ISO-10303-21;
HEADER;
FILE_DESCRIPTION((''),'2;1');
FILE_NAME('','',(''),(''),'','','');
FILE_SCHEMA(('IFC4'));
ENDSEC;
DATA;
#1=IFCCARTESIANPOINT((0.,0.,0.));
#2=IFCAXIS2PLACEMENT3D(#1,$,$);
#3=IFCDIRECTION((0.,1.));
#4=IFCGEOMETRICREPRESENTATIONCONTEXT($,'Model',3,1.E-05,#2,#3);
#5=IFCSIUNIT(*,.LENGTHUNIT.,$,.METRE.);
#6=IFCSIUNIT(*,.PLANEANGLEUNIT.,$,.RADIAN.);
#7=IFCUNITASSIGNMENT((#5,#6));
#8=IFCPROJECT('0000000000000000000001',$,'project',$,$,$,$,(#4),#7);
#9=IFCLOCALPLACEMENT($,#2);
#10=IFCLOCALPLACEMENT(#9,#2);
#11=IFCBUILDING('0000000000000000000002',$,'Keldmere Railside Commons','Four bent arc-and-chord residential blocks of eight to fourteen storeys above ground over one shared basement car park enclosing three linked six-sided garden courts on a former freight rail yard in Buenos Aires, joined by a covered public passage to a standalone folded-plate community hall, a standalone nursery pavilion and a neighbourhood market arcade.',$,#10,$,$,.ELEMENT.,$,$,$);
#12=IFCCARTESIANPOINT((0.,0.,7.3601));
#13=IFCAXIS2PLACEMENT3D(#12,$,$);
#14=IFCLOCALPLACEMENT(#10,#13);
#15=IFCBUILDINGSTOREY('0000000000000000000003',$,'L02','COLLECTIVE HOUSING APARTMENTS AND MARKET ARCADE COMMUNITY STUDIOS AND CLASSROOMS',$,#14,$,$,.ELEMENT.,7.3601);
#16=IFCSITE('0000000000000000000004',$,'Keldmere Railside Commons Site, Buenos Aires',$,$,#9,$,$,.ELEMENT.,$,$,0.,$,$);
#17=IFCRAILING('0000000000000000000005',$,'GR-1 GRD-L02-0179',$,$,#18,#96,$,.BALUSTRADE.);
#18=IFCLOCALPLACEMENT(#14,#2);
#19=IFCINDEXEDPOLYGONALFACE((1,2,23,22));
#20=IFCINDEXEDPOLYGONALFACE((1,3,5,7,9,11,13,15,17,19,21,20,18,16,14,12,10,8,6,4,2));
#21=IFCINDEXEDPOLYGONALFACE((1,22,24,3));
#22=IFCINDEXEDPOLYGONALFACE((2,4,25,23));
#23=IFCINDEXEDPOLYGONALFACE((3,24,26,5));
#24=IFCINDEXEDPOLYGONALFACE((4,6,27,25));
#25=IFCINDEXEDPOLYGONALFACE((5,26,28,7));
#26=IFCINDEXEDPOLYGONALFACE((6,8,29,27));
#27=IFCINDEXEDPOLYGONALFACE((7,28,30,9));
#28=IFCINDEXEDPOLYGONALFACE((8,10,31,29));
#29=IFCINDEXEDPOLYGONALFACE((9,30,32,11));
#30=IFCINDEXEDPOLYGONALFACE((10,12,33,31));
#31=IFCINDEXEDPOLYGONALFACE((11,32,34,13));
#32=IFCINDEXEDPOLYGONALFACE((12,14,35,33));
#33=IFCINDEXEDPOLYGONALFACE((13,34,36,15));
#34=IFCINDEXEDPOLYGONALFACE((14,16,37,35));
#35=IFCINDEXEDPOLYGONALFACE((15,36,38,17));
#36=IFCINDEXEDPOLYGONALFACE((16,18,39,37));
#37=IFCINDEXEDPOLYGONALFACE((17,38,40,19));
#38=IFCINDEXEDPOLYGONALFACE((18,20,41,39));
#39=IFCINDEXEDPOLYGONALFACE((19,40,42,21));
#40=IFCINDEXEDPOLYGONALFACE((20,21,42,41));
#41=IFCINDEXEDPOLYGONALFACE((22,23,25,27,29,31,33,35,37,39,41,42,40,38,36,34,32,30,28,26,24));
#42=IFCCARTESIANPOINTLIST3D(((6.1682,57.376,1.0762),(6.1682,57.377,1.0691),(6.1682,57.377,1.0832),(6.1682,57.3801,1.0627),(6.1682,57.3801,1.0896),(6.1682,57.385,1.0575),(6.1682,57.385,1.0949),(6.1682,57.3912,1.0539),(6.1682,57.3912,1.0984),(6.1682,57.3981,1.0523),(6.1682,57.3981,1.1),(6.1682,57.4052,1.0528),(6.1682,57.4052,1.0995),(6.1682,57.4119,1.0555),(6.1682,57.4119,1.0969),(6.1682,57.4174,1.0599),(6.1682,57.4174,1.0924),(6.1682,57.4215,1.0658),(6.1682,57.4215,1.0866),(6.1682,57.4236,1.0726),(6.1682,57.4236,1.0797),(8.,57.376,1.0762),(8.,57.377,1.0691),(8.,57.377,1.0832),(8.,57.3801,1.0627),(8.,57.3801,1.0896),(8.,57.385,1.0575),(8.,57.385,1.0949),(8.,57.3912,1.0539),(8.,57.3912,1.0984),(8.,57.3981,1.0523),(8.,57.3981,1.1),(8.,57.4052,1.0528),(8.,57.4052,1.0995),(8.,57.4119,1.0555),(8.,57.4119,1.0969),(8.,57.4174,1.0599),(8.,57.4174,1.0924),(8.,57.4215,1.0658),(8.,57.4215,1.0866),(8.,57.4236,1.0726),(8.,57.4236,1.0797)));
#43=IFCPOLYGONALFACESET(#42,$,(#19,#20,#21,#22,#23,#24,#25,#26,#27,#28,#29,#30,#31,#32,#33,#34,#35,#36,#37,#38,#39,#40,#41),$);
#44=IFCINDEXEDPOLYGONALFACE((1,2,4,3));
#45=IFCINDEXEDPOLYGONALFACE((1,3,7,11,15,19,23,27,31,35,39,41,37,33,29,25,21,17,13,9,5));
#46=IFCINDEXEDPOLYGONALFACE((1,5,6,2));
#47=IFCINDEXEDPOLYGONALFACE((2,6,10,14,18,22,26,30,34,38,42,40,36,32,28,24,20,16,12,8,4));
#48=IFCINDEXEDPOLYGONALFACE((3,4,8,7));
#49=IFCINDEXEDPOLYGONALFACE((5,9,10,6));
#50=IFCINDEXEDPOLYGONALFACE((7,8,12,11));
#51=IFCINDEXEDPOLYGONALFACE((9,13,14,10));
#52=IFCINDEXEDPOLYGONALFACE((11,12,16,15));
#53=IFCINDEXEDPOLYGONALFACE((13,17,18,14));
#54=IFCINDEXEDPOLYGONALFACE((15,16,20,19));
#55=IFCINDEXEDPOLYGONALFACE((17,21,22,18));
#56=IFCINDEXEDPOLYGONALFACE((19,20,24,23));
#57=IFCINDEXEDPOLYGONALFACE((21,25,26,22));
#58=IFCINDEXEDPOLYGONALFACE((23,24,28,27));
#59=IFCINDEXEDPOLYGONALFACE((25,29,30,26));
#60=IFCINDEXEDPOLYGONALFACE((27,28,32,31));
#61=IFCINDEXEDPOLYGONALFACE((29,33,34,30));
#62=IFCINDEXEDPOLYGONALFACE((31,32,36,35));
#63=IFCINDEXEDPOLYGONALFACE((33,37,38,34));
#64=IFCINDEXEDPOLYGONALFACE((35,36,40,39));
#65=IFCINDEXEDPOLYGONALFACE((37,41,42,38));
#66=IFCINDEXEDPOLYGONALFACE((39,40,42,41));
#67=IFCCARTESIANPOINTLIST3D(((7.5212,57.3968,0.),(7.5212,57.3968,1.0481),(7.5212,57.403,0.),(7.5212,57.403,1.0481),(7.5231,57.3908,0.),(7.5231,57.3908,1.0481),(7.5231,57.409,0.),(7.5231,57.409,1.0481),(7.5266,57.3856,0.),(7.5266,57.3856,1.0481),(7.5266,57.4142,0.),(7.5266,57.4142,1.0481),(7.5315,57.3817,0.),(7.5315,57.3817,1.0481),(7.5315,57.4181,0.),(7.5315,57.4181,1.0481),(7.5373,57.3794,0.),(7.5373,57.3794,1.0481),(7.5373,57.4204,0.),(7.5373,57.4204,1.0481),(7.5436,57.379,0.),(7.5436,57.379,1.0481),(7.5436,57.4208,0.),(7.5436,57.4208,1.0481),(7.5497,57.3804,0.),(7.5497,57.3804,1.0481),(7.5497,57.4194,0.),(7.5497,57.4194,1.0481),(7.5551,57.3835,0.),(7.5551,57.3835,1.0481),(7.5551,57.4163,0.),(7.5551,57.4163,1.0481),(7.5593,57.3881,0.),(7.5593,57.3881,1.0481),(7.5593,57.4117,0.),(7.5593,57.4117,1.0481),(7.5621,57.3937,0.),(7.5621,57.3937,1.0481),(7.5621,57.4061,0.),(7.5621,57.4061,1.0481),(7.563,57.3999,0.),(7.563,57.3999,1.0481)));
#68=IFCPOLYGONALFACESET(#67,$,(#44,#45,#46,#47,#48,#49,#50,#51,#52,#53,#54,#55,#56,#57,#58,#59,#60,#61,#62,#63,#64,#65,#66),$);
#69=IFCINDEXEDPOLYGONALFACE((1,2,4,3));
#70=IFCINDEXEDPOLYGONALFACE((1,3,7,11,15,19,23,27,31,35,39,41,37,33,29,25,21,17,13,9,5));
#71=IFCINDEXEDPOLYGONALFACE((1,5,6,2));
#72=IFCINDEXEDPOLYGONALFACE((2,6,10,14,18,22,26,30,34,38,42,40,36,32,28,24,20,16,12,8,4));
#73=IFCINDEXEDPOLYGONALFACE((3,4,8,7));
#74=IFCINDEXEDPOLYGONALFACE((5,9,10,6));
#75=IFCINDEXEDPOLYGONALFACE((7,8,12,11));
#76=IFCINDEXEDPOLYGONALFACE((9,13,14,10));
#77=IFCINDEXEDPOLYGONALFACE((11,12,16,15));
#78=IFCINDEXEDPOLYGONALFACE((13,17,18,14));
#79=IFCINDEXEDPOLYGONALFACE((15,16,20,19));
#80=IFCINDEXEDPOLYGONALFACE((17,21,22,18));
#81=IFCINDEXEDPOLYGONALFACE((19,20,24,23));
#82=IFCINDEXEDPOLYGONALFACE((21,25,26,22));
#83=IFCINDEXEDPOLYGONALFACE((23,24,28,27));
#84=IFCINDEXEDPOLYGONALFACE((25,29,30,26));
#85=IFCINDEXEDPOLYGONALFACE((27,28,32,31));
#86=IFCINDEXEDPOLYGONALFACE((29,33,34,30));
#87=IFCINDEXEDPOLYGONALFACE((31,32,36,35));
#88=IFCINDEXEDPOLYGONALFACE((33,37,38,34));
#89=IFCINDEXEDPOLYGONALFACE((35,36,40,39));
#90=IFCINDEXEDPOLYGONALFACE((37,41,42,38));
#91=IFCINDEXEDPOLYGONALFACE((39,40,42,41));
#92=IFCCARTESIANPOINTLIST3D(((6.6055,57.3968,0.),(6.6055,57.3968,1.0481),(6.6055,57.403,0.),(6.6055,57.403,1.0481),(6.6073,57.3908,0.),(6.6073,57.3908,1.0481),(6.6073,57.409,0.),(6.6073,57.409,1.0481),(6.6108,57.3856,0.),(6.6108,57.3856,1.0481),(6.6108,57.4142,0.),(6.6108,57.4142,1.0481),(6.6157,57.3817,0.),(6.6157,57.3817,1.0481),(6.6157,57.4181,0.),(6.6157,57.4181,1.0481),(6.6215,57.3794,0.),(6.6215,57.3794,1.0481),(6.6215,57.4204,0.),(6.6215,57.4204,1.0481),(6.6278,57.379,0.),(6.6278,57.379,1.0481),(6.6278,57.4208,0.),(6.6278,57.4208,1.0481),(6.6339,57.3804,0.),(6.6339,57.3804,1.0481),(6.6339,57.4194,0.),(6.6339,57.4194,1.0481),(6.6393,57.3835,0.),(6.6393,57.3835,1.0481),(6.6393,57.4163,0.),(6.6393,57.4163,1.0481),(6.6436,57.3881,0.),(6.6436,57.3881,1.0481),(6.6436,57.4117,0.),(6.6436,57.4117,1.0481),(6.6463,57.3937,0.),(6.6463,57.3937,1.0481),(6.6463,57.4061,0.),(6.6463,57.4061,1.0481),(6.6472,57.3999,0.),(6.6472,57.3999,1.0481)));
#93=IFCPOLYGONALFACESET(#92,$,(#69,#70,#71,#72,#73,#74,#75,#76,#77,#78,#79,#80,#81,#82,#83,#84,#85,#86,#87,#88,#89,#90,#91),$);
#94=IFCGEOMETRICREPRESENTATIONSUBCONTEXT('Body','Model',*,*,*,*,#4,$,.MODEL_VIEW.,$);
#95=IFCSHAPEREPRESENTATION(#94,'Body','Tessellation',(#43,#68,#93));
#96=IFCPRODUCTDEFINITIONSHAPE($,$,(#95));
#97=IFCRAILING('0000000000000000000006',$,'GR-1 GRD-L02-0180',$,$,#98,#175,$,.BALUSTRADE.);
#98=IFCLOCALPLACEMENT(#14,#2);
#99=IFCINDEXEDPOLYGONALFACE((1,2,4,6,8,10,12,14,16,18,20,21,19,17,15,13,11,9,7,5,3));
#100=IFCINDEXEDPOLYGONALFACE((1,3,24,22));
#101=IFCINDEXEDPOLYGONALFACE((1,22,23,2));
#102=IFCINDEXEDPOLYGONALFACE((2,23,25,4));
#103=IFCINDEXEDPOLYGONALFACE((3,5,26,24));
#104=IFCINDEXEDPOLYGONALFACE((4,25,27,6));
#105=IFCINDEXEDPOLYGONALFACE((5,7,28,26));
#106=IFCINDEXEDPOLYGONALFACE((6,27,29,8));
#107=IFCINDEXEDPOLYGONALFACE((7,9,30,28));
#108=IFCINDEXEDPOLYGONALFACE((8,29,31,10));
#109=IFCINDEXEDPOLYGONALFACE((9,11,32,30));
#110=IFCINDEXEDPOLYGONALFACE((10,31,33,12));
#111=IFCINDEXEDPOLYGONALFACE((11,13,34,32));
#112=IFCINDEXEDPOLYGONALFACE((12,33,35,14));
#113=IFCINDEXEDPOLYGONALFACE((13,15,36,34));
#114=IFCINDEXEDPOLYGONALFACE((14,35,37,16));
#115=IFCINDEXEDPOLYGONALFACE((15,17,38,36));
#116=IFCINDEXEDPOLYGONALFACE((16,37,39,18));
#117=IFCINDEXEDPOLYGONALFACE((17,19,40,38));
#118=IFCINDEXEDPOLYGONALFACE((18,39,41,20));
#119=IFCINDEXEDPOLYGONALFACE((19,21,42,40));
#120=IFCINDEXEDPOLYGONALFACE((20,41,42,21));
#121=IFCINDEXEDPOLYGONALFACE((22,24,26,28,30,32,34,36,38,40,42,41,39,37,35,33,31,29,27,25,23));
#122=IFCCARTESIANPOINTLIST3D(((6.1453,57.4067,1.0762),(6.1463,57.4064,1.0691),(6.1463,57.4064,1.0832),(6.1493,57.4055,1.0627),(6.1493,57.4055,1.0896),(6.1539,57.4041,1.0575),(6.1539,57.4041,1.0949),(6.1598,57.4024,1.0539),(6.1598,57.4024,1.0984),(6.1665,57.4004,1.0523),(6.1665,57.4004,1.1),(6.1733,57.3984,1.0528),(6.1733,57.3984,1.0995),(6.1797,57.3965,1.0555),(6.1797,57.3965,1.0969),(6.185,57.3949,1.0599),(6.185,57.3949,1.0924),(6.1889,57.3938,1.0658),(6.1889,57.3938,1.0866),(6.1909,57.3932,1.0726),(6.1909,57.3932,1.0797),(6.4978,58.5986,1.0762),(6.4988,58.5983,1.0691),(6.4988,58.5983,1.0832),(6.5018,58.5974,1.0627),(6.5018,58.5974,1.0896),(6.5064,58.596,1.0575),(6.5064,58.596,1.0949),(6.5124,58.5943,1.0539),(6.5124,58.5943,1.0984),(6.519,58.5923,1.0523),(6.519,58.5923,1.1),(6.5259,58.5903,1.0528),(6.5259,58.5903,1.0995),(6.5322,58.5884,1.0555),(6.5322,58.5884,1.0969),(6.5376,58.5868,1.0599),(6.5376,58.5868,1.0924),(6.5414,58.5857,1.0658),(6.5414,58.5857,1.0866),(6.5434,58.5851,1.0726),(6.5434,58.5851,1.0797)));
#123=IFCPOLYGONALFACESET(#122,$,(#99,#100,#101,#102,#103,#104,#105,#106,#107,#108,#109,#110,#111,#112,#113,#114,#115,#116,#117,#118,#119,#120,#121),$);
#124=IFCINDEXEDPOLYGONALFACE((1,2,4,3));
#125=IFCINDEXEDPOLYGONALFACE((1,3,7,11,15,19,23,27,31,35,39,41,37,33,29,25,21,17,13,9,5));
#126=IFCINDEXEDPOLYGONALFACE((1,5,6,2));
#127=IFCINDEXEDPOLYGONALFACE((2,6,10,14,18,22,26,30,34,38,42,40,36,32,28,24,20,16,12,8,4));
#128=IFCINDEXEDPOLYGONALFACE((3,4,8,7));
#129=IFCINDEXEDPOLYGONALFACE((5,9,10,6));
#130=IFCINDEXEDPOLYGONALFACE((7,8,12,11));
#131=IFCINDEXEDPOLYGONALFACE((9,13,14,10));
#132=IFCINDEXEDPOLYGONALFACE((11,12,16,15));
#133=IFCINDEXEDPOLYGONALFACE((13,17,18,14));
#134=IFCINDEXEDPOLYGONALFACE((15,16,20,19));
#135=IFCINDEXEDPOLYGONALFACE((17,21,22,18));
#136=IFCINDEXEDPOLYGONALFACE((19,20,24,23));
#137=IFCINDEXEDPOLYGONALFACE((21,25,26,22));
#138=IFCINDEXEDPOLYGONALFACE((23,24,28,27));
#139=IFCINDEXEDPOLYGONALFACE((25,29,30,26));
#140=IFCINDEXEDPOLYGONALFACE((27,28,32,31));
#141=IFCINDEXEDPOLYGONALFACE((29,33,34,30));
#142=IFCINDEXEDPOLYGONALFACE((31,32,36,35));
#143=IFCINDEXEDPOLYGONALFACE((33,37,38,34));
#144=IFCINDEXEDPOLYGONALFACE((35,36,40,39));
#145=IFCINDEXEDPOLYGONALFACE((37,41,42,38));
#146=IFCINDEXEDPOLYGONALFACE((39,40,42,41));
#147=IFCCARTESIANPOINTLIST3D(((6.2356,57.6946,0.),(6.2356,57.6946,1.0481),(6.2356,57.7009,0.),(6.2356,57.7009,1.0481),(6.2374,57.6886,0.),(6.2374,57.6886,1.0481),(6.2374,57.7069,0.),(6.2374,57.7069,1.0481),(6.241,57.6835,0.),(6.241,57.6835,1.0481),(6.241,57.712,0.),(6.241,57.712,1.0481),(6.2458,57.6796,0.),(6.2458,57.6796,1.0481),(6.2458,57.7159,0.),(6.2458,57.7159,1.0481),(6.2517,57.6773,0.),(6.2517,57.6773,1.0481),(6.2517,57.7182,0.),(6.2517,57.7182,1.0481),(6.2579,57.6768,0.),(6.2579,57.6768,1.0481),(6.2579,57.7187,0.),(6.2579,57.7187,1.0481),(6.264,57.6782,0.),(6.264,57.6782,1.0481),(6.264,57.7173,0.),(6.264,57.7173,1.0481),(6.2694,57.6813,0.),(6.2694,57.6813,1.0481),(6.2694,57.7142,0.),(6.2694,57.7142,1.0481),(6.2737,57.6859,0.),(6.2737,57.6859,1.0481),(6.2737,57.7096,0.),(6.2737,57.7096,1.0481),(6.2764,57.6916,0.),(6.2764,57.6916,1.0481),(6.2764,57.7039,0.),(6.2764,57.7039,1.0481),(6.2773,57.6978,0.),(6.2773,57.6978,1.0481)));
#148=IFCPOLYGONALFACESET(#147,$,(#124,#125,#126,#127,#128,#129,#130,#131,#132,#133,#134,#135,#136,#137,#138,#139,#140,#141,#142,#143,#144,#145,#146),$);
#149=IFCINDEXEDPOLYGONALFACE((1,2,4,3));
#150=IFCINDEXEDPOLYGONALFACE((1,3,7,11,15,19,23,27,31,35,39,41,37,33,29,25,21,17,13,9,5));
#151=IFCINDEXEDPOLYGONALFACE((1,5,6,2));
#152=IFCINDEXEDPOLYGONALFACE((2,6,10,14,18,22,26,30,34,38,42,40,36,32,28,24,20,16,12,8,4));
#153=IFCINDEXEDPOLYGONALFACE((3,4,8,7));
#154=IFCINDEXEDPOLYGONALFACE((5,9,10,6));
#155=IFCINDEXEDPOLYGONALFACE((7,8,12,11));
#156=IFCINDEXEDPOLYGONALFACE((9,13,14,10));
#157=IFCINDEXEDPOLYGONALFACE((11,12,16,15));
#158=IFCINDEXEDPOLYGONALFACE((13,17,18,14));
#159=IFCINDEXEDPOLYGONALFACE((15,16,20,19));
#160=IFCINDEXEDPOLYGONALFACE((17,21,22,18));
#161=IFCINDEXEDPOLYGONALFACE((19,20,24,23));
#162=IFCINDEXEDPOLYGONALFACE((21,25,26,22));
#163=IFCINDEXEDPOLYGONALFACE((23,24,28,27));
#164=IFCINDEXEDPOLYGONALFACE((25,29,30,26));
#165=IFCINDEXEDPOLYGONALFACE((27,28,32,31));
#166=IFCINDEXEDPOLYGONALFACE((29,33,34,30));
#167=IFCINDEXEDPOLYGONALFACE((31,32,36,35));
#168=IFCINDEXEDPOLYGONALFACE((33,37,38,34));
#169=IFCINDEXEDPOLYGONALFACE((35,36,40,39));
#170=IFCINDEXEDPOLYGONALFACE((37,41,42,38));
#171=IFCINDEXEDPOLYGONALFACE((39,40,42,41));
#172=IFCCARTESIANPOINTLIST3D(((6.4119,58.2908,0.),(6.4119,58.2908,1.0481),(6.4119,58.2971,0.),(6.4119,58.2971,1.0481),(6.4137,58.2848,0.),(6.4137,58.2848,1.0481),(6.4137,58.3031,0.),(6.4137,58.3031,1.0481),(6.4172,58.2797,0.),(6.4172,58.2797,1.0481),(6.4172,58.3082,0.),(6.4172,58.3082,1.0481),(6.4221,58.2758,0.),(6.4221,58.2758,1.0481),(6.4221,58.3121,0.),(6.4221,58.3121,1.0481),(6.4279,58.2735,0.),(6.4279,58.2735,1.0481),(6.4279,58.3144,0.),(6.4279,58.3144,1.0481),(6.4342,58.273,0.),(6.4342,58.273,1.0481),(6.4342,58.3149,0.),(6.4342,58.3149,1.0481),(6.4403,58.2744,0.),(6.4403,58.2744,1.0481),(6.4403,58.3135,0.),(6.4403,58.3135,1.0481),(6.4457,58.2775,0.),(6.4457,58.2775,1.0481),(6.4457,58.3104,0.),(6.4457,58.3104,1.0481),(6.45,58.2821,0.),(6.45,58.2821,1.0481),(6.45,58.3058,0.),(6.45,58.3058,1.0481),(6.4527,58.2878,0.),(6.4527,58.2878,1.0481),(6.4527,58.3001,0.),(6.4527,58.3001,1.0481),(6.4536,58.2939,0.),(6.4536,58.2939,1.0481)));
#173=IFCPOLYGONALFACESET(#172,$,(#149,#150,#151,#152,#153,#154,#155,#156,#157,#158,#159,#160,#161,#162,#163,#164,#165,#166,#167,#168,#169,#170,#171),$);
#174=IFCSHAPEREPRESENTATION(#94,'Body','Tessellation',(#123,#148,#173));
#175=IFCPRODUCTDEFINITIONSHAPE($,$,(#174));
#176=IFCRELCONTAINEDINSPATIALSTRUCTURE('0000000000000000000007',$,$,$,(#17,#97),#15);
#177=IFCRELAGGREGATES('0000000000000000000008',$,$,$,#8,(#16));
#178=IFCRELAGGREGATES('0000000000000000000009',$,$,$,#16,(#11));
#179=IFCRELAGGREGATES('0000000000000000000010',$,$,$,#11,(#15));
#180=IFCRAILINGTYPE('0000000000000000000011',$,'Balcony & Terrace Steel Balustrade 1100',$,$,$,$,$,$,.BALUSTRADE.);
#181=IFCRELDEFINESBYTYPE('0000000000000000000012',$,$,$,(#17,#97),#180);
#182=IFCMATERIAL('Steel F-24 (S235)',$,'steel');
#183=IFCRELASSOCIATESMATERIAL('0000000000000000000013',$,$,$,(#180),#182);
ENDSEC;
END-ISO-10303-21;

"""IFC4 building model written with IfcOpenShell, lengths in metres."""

from ifc_helpers import new_model, si_unit, direction, frame, origin, origin_2d, place, context, subcontext, project, spatial, circle, extrude, material, type_object, element, save


model = new_model("IFC4")

# Units and contexts
model_context = context("Model", 3, precision=1e-05, world=origin(), true_north=direction((0.0, 1.0)))
body_context = subcontext(model_context, "Body", "Model", "MODEL_VIEW")
ifc_project = project(units=[si_unit("LENGTHUNIT", "METRE"), si_unit("PLANEANGLEUNIT", "RADIAN")], contexts=[model_context])

# Site, building, storey
site_placement = place(None, origin())
site = spatial("IfcSite", under=ifc_project, at=site_placement, Name="Keldmere Railside Commons Site, Buenos Aires", CompositionType="ELEMENT", RefElevation=0.0)
building_placement = place(site_placement, origin())
building = spatial("IfcBuilding", under=site, at=building_placement, Name="Keldmere Railside Commons", Description="Four bent arc-and-chord residential blocks of eight to fourteen storeys above ground over one shared basement car park enclosing three linked six-sided garden courts on a former freight rail yard in Buenos Aires, joined by a covered public passage to a standalone folded-plate community hall, a standalone nursery pavilion and a neighbourhood market arcade.", CompositionType="ELEMENT")
storey_placement = place(building_placement, frame((0.0, 0.0, 7.3601)))
storey = spatial("IfcBuildingStorey", under=building, at=storey_placement, Name="L02", Description="COLLECTIVE HOUSING APARTMENTS AND MARKET ARCADE COMMUNITY STUDIOS AND CLASSROOMS", CompositionType="ELEMENT", Elevation=7.3601)

# Railings
ifc_material_1 = material(Name="Steel F-24 (S235)", Category="steel")
railing_type = type_object("IfcRailingType", Name="Balcony & Terrace Steel Balustrade 1100", PredefinedType="BALUSTRADE", material=ifc_material_1)
railing_1_placement = place(storey_placement, frame((8.0, 57.3999, 0.0)))
element("IfcRailing", 1, at=railing_1_placement, inside=storey, type_object=railing_type, Name="GR-1 GRD-L02-0179", PredefinedType="BALUSTRADE", context=body_context, shape_type="SweptSolid", body=[
    extrude(circle(Radius=0.0239, at=origin_2d()), frame((0.0, 0.0, 1.0762), z_axis=(-1.0, 0.0, 0.0), x_axis=(0.0, -1.0, 0.0)), (0.0, 0.0, 1.0), 1.8318),
    extrude(circle(Radius=0.021, at=origin_2d()), frame((-0.458, 0.0, 0.0)), (0.0, 0.0, 1.0), 1.0481),
    extrude(circle(Radius=0.021, at=origin_2d()), frame((-1.3738, 0.0, 0.0)), (0.0, 0.0, 1.0), 1.0481),
])
railing_2_placement = place(storey_placement, frame((6.1682, 57.3999, 0.0)))
element("IfcRailing", 2, at=railing_2_placement, inside=storey, type_object=railing_type, Name="GR-1 GRD-L02-0180", PredefinedType="BALUSTRADE", context=body_context, shape_type="SweptSolid", body=[
    extrude(circle(Radius=0.0239, at=origin_2d()), frame((0.0, 0.0, 1.0762), z_axis=(0.283634, 0.958933, 0.0), x_axis=(-0.958933, 0.283634, 0.0)), (0.0, 0.0, 1.0), 1.2429),
    extrude(circle(Radius=0.021, at=origin_2d()), frame((0.0881, 0.2979, 0.0)), (0.0, 0.0, 1.0), 1.0481),
    extrude(circle(Radius=0.021, at=origin_2d()), frame((0.2644, 0.894, 0.0)), (0.0, 0.0, 1.0), 1.0481),
])

save(model, "model.ifc")
